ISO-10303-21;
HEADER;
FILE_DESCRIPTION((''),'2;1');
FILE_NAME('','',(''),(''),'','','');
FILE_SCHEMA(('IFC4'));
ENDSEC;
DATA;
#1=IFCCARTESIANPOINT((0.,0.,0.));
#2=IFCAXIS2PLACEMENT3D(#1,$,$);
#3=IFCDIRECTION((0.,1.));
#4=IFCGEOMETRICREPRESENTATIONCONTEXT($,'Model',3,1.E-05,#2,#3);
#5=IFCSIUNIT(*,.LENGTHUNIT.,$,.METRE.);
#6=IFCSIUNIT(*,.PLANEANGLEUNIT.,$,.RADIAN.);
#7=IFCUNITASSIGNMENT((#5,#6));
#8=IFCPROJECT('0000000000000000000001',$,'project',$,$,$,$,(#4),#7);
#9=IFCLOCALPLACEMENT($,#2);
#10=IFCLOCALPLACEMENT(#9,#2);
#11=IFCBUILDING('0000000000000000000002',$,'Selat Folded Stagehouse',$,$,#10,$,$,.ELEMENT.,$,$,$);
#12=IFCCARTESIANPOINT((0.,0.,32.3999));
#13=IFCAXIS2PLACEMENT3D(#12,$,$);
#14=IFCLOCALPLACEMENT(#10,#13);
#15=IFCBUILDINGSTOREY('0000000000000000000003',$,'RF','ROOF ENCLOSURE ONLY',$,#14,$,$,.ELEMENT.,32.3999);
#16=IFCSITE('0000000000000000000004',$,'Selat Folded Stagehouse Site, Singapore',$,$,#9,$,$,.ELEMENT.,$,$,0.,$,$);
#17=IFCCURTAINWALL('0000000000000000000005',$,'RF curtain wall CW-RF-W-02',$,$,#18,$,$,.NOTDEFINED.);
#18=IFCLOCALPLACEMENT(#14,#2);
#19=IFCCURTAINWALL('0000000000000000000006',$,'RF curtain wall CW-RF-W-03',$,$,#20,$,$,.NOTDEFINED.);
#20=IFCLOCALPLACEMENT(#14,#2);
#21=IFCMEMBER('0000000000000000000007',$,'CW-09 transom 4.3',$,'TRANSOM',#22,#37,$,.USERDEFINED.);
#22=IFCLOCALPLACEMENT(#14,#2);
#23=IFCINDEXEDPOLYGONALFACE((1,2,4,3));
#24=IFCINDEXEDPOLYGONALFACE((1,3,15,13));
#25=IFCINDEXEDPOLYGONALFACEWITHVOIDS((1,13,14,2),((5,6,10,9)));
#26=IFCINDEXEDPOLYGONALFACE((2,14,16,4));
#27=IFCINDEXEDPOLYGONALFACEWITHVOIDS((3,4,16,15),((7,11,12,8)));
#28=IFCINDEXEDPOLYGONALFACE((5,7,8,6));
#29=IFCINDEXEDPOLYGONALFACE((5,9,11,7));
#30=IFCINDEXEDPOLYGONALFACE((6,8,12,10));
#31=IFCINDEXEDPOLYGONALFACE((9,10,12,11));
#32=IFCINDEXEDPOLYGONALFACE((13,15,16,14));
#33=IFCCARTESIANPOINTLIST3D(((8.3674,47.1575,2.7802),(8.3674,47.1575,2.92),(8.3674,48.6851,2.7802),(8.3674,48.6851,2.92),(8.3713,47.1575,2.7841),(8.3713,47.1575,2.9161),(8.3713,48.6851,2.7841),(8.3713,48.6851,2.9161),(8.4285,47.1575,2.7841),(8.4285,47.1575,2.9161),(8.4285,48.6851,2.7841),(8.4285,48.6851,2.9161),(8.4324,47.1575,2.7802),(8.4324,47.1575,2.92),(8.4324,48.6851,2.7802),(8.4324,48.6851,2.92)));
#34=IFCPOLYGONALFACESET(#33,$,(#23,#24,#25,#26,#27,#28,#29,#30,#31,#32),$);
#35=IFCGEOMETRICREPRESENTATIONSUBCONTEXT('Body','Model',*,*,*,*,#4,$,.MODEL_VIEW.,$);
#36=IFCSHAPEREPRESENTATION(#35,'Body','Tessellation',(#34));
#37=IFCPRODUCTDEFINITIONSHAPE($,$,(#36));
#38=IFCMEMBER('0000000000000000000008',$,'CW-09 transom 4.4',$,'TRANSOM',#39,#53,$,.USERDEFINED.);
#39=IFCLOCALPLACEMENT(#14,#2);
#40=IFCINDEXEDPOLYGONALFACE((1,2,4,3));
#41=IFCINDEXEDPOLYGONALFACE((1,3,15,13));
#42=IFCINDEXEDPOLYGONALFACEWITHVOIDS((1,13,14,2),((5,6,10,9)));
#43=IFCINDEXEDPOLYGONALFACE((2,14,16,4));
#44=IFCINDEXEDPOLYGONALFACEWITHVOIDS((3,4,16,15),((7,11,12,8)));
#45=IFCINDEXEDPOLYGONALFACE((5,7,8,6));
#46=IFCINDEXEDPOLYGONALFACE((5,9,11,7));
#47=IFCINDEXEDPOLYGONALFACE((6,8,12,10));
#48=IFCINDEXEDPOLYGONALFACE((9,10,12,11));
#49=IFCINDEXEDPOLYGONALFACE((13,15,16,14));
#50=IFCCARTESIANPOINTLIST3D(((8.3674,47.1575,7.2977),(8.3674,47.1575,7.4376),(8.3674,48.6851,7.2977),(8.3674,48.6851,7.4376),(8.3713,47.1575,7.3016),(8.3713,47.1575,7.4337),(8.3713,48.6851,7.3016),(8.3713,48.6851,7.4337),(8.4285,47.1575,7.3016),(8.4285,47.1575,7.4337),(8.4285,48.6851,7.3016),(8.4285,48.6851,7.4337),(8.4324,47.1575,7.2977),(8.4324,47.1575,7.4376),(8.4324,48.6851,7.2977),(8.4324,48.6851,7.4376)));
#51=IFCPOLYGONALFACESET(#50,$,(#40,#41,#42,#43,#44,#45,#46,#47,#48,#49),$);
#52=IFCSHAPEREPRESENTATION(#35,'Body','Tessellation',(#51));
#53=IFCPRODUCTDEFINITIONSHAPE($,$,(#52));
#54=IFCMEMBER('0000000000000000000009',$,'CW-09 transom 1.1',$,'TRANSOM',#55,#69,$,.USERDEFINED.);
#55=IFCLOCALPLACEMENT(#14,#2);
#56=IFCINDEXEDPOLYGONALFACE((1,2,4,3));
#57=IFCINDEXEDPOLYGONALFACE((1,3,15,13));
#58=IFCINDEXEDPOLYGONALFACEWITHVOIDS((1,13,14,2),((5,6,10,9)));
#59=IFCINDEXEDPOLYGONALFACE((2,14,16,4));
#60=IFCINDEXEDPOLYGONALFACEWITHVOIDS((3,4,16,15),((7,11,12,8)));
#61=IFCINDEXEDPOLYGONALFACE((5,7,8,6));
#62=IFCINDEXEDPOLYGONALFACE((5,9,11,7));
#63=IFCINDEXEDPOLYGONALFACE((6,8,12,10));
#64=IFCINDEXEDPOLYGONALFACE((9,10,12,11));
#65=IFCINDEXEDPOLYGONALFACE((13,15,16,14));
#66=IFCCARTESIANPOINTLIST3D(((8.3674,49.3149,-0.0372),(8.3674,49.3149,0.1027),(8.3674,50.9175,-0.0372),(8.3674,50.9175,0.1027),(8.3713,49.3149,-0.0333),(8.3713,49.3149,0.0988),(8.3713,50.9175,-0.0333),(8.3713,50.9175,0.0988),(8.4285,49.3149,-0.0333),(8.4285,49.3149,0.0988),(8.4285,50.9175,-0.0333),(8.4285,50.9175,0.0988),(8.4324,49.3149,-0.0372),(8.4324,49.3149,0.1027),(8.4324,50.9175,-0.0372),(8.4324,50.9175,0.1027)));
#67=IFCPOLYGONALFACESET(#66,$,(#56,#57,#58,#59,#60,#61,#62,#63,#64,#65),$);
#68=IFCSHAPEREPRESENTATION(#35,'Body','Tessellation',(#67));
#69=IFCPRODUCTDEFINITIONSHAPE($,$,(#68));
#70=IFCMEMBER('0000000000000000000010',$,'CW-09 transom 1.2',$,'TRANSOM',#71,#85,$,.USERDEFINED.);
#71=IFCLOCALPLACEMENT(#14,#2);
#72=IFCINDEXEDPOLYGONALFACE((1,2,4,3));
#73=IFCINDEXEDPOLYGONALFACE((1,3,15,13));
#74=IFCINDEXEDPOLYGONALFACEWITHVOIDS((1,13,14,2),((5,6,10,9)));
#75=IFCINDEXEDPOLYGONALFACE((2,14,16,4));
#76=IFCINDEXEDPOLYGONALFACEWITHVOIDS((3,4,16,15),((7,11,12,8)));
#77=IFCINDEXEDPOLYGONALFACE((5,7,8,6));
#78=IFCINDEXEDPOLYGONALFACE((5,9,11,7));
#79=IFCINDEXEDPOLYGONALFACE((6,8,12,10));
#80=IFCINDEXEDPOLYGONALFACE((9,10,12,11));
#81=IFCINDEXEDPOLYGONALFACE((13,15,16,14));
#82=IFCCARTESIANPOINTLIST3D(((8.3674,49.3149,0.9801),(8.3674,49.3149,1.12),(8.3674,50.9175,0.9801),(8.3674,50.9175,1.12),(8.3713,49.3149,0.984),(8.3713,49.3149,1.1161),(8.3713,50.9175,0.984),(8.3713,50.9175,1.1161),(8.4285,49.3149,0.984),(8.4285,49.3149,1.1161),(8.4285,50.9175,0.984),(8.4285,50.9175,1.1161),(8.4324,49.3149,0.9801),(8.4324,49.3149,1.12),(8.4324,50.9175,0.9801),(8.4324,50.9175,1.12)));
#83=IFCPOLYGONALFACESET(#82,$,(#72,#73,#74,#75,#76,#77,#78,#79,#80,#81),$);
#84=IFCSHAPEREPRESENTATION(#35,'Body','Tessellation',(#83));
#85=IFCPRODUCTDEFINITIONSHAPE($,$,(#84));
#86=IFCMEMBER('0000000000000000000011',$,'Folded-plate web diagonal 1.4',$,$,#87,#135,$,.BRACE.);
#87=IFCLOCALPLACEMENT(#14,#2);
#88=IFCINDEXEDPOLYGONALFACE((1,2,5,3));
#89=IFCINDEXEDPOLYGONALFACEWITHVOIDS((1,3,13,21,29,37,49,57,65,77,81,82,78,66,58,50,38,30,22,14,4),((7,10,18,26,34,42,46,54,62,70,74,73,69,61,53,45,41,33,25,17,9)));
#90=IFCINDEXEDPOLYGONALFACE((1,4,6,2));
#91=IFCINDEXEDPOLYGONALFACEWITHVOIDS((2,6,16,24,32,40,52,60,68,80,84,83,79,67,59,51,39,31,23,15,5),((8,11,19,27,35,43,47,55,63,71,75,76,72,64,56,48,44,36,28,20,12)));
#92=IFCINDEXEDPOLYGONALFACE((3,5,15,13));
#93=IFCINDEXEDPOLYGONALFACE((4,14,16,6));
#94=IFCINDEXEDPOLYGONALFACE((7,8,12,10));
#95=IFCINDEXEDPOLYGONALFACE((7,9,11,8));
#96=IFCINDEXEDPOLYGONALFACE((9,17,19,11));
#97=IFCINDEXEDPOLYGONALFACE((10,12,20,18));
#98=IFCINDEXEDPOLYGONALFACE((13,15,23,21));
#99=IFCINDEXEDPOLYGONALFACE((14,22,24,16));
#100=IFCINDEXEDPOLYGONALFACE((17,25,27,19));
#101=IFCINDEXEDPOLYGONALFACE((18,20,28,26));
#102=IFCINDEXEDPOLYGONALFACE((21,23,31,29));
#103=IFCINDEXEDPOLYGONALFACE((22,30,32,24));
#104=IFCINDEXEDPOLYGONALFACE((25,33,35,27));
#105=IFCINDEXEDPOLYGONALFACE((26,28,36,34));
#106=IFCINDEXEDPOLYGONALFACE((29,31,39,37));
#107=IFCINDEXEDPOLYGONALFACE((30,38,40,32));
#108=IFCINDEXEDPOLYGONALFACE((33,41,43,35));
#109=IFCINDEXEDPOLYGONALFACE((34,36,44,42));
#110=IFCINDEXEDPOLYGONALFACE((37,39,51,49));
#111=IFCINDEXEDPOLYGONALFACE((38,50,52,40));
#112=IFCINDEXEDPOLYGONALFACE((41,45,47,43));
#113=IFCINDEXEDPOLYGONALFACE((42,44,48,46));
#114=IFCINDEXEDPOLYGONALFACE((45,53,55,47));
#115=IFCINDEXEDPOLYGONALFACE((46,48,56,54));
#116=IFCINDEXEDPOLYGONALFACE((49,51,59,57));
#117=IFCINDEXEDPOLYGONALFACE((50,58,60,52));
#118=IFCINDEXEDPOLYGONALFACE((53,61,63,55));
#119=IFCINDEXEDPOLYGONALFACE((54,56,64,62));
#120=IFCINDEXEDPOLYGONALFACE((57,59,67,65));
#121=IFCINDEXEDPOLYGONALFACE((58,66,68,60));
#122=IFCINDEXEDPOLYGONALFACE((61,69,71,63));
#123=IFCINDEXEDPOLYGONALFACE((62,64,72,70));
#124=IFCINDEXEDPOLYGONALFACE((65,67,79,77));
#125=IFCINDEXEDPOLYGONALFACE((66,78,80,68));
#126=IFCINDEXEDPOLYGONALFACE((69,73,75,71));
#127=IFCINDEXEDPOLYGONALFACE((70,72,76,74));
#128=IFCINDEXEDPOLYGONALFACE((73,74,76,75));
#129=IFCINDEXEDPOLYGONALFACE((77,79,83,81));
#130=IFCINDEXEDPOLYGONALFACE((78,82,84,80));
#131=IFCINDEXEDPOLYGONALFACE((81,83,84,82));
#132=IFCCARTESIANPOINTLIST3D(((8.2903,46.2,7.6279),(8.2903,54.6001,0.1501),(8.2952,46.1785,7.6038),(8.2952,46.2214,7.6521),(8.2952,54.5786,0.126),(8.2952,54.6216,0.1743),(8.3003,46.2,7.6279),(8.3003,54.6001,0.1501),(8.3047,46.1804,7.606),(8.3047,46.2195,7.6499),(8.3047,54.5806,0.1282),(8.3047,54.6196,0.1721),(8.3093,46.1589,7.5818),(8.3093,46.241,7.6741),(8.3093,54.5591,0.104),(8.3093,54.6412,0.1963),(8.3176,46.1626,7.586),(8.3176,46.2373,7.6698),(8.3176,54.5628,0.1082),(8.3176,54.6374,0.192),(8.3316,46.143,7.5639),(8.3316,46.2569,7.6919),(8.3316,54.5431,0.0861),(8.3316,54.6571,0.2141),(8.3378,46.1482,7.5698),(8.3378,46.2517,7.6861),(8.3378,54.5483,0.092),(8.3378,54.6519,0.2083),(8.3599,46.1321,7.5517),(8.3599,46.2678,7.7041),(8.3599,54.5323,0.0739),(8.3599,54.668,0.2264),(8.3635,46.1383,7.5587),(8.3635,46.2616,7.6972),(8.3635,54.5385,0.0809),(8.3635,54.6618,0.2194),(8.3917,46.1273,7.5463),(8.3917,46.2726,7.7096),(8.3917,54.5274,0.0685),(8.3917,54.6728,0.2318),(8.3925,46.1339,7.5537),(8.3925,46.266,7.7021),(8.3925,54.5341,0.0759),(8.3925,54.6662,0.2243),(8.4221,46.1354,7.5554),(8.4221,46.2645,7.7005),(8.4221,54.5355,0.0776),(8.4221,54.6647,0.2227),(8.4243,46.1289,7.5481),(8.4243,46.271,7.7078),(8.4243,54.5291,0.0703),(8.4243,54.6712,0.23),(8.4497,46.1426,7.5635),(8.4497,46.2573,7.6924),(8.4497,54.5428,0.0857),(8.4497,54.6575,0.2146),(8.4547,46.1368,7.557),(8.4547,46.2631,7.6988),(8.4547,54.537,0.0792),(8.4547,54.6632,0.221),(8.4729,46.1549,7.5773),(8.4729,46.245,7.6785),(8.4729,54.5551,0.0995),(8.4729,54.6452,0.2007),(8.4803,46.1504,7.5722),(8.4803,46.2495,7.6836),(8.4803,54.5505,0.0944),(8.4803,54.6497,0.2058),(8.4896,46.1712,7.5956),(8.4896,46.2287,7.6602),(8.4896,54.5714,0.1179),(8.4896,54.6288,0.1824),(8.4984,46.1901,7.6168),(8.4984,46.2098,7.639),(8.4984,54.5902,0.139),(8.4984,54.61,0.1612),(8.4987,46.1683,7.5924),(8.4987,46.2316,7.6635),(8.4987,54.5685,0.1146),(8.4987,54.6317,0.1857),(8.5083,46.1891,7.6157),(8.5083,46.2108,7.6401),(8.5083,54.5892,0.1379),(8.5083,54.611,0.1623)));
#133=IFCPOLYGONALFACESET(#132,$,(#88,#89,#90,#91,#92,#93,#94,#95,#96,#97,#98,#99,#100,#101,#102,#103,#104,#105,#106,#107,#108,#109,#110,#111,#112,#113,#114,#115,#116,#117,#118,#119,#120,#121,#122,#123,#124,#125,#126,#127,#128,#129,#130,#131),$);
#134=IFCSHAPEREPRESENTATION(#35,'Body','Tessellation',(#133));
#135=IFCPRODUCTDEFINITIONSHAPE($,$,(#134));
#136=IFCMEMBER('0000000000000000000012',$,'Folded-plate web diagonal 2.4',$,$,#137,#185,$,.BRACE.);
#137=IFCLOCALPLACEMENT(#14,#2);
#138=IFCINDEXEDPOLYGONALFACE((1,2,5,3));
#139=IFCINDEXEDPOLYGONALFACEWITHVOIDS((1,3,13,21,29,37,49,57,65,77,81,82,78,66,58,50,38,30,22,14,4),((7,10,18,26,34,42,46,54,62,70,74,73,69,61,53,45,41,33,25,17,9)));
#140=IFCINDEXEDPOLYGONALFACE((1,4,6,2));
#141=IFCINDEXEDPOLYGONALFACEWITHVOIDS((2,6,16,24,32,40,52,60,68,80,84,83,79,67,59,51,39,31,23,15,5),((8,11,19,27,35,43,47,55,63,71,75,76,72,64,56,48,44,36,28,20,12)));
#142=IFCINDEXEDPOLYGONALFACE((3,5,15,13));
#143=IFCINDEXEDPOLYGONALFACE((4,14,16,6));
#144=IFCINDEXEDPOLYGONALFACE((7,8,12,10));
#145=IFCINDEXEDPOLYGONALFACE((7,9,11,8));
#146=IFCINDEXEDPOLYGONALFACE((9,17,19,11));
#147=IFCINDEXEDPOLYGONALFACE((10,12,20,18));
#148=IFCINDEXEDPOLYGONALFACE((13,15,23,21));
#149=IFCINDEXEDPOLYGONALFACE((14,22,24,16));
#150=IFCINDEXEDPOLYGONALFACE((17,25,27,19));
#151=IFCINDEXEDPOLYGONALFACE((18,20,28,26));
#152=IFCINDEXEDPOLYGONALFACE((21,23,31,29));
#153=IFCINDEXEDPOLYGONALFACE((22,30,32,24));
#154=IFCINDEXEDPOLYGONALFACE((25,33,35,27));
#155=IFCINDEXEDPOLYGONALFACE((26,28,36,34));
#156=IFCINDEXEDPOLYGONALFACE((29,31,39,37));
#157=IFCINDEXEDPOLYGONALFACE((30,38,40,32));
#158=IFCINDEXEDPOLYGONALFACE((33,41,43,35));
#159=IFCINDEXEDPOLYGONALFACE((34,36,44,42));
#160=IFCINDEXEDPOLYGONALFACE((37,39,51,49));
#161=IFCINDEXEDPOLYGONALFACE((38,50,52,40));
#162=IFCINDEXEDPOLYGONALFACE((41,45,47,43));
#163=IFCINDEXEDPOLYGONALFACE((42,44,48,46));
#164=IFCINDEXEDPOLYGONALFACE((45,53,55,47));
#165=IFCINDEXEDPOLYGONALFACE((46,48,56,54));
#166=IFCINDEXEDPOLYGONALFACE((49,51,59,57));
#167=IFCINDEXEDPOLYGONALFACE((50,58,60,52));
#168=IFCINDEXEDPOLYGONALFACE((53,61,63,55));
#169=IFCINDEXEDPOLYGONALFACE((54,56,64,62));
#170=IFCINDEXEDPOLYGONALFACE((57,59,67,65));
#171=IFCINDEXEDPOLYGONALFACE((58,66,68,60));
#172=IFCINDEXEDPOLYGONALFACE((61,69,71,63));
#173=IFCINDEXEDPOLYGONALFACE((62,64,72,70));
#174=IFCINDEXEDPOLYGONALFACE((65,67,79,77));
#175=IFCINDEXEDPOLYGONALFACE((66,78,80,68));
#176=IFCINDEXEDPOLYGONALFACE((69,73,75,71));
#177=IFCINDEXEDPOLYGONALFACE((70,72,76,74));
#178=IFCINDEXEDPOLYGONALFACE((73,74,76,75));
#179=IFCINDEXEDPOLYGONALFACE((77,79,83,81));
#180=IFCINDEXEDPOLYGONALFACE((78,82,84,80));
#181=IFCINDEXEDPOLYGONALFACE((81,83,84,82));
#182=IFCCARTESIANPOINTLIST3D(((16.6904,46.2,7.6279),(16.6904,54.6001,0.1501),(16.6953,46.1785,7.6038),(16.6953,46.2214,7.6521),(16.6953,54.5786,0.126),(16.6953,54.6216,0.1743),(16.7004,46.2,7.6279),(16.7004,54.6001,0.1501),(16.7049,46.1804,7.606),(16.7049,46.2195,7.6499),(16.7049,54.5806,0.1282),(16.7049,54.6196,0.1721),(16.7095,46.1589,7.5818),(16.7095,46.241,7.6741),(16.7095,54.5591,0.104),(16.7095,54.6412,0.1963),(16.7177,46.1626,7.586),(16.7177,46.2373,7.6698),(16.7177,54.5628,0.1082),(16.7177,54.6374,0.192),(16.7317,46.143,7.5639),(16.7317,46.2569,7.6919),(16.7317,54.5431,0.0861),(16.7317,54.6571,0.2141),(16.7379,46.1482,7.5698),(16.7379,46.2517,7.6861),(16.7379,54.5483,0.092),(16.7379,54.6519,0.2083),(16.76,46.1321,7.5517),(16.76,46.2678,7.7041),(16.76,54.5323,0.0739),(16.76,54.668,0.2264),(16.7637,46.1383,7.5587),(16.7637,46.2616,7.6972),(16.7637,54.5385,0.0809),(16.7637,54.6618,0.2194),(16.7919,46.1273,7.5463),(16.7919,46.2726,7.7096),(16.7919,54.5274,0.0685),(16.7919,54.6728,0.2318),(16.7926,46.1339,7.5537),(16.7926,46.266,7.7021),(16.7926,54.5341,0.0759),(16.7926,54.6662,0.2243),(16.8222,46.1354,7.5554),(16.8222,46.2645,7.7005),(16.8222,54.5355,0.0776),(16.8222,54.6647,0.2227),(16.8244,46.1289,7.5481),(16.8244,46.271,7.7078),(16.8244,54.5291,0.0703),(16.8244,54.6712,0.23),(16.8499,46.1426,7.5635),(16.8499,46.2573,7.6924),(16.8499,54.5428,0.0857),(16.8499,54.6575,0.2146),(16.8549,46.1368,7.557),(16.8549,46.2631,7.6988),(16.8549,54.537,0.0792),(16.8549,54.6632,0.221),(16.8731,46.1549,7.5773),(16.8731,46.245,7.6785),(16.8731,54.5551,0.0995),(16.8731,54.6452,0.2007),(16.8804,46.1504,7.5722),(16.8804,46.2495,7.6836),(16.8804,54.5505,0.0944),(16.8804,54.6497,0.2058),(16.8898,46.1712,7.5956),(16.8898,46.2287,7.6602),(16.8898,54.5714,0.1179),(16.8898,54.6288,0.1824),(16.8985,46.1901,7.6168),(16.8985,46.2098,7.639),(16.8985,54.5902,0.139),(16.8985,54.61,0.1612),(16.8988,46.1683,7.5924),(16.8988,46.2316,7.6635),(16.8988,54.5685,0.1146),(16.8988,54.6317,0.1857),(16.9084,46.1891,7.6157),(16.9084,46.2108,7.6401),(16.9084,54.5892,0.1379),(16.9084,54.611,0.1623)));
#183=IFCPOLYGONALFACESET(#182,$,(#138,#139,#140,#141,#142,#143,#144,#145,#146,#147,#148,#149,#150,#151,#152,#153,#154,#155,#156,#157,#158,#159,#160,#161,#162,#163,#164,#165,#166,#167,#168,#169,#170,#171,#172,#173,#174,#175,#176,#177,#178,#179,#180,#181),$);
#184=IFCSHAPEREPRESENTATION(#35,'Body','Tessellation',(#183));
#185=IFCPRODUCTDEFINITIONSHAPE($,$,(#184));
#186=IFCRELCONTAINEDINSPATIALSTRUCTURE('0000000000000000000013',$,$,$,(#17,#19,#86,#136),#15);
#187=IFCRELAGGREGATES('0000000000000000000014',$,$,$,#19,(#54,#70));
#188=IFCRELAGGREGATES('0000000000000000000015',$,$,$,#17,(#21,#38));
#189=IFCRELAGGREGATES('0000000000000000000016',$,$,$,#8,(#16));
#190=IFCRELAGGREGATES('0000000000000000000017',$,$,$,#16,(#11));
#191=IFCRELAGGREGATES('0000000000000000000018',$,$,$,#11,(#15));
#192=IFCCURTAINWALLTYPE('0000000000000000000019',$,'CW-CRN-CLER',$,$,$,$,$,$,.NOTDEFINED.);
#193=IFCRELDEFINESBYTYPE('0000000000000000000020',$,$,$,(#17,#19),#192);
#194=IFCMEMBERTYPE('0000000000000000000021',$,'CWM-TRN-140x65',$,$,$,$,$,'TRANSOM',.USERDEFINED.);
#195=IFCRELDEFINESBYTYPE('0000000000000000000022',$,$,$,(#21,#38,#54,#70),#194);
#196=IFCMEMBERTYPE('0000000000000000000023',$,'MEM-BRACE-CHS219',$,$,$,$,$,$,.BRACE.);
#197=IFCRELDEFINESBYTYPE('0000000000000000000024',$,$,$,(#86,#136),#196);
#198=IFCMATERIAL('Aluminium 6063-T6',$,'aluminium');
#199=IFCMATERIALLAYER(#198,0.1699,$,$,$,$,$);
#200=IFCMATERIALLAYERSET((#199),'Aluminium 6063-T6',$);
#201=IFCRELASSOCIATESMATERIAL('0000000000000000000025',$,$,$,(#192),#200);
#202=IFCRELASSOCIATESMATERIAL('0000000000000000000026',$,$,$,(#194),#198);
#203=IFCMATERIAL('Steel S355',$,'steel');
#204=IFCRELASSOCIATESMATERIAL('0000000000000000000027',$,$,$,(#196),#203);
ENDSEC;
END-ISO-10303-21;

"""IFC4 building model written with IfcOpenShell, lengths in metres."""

from ifc_helpers import new_model, si_unit, direction, frame, origin, origin_2d, place, context, subcontext, project, spatial, hollow_rectangle, hollow_circle, extrude, material, layer, layer_set, material_profile, profile_set, type_object, element, aggregate, save


model = new_model("IFC4")

# Units and contexts
model_context = context("Model", 3, precision=1e-05, world=origin(), true_north=direction((0.0, 1.0)))
body_context = subcontext(model_context, "Body", "Model", "MODEL_VIEW")
ifc_project = project(units=[si_unit("LENGTHUNIT", "METRE"), si_unit("PLANEANGLEUNIT", "RADIAN")], contexts=[model_context])

# Site, building, storey
site_placement = place(None, origin())
site = spatial("IfcSite", under=ifc_project, at=site_placement, Name="Selat Folded Stagehouse Site, Singapore", CompositionType="ELEMENT", RefElevation=0.0)
building_placement = place(site_placement, origin())
building = spatial("IfcBuilding", under=site, at=building_placement, Name="Selat Folded Stagehouse", CompositionType="ELEMENT")
storey_placement = place(building_placement, frame((0.0, 0.0, 32.3999)))
storey = spatial("IfcBuildingStorey", under=building, at=storey_placement, Name="RF", Description="ROOF ENCLOSURE ONLY", CompositionType="ELEMENT", Elevation=32.3999)

# Shared definitions
ifc_material_1 = material(Name="Steel S355", Category="steel")

# Curtain wall
ifc_material_2 = material(Name="Aluminium 6063-T6", Category="aluminium")
ifc_layer_1 = layer(ifc_material_2, 0.1699)
ifc_layer_set_1 = layer_set([ifc_layer_1], Name="Aluminium 6063-T6")
curtain_wall_type = type_object("IfcCurtainWallType", Name="CW-CRN-CLER", PredefinedType="NOTDEFINED", material=ifc_layer_set_1)
curtain_wall_1_placement = place(storey_placement, origin())
curtain_wall_1 = element("IfcCurtainWall", 1, at=curtain_wall_1_placement, inside=storey, type_object=curtain_wall_type, Name="RF curtain wall CW-RF-W-02", PredefinedType="NOTDEFINED")

# Curtain wall
curtain_wall_2_placement = place(storey_placement, origin())
curtain_wall_2 = element("IfcCurtainWall", 2, at=curtain_wall_2_placement, inside=storey, type_object=curtain_wall_type, Name="RF curtain wall CW-RF-W-03", PredefinedType="NOTDEFINED")

# Members
ifc_material_profile_1 = material_profile(ifc_material_2, hollow_rectangle(XDim=0.0649, YDim=0.1399, WallThickness=0.0039, at=origin_2d()), Name="ALU 140x65x4.0")
ifc_profile_set_1 = profile_set([ifc_material_profile_1], Name="Aluminium 6063-T6")
member_type_1 = type_object("IfcMemberType", Name="CWM-TRN-140x65", ElementType="TRANSOM", PredefinedType="USERDEFINED", material=ifc_profile_set_1)
member_1_placement = place(storey_placement, frame((8.3999, 47.1575, 2.8501), z_axis=(0.0, 1.0, 0.0), x_axis=(-1.0, 0.0, 0.0)))
member_1 = element("IfcMember", 3, at=member_1_placement, type_object=member_type_1, Name="CW-09 transom 4.3", ObjectType="TRANSOM", PredefinedType="USERDEFINED", context=body_context, shape_type="SweptSolid", body=[
    extrude(hollow_rectangle(XDim=0.0649, YDim=0.1399, WallThickness=0.0039, at=origin_2d()), origin(), (0.0, 0.0, 1.0), 1.5276),
])
member_2_placement = place(storey_placement, frame((8.3999, 47.1575, 7.3677), z_axis=(0.0, 1.0, 0.0), x_axis=(-1.0, 0.0, 0.0)))
member_2 = element("IfcMember", 4, at=member_2_placement, type_object=member_type_1, Name="CW-09 transom 4.4", ObjectType="TRANSOM", PredefinedType="USERDEFINED", context=body_context, shape_type="SweptSolid", body=[
    extrude(hollow_rectangle(XDim=0.0649, YDim=0.1399, WallThickness=0.0039, at=origin_2d()), origin(), (0.0, 0.0, 1.0), 1.5276),
])
member_3_placement = place(storey_placement, frame((8.3999, 49.3149, 0.0327), z_axis=(0.0, 1.0, 0.0), x_axis=(-1.0, 0.0, 0.0)))
member_3 = element("IfcMember", 5, at=member_3_placement, type_object=member_type_1, Name="CW-09 transom 1.1", ObjectType="TRANSOM", PredefinedType="USERDEFINED", context=body_context, shape_type="SweptSolid", body=[
    extrude(hollow_rectangle(XDim=0.0649, YDim=0.1399, WallThickness=0.0039, at=origin_2d()), origin(), (0.0, 0.0, 1.0), 1.6025),
])
member_4_placement = place(storey_placement, frame((8.3999, 49.3149, 1.05), z_axis=(0.0, 1.0, 0.0), x_axis=(-1.0, 0.0, 0.0)))
member_4 = element("IfcMember", 6, at=member_4_placement, type_object=member_type_1, Name="CW-09 transom 1.2", ObjectType="TRANSOM", PredefinedType="USERDEFINED", context=body_context, shape_type="SweptSolid", body=[
    extrude(hollow_rectangle(XDim=0.0649, YDim=0.1399, WallThickness=0.0039, at=origin_2d()), origin(), (0.0, 0.0, 1.0), 1.6025),
])
aggregate(curtain_wall_2, [member_3, member_4])

# Members
ifc_material_profile_2 = material_profile(ifc_material_1, hollow_circle(Radius=0.1096, WallThickness=0.01, at=origin_2d()), Name="CHS 219.1x10.0")
ifc_profile_set_2 = profile_set([ifc_material_profile_2], Name="Steel S355")
member_type_2 = type_object("IfcMemberType", Name="MEM-BRACE-CHS219", PredefinedType="BRACE", material=ifc_profile_set_2)
for number, where, z_axis, x_axis, name in (
    (7, (8.3999, 46.2, 7.6279), (0.0, 0.746924, -0.664909), (-1.0, 0.0, 0.0), "Folded-plate web diagonal 1.4"),
    (8, (16.8, 46.2, 7.6279), (0.0, 0.746924, -0.664909), (-1.0, 0.0, 0.0), "Folded-plate web diagonal 2.4"),
):
    element("IfcMember", number, at=place(storey_placement, frame(where, z_axis=z_axis, x_axis=x_axis)), inside=storey, type_object=member_type_2, Name=name, PredefinedType="BRACE", context=body_context, shape_type="SweptSolid", body=[
        extrude(hollow_circle(Radius=0.1096, WallThickness=0.01, at=origin_2d()), origin(), (0.0, 0.0, 1.0), 11.2463),
    ])

aggregate(curtain_wall_1, [member_1, member_2])

save(model, "model.ifc")
